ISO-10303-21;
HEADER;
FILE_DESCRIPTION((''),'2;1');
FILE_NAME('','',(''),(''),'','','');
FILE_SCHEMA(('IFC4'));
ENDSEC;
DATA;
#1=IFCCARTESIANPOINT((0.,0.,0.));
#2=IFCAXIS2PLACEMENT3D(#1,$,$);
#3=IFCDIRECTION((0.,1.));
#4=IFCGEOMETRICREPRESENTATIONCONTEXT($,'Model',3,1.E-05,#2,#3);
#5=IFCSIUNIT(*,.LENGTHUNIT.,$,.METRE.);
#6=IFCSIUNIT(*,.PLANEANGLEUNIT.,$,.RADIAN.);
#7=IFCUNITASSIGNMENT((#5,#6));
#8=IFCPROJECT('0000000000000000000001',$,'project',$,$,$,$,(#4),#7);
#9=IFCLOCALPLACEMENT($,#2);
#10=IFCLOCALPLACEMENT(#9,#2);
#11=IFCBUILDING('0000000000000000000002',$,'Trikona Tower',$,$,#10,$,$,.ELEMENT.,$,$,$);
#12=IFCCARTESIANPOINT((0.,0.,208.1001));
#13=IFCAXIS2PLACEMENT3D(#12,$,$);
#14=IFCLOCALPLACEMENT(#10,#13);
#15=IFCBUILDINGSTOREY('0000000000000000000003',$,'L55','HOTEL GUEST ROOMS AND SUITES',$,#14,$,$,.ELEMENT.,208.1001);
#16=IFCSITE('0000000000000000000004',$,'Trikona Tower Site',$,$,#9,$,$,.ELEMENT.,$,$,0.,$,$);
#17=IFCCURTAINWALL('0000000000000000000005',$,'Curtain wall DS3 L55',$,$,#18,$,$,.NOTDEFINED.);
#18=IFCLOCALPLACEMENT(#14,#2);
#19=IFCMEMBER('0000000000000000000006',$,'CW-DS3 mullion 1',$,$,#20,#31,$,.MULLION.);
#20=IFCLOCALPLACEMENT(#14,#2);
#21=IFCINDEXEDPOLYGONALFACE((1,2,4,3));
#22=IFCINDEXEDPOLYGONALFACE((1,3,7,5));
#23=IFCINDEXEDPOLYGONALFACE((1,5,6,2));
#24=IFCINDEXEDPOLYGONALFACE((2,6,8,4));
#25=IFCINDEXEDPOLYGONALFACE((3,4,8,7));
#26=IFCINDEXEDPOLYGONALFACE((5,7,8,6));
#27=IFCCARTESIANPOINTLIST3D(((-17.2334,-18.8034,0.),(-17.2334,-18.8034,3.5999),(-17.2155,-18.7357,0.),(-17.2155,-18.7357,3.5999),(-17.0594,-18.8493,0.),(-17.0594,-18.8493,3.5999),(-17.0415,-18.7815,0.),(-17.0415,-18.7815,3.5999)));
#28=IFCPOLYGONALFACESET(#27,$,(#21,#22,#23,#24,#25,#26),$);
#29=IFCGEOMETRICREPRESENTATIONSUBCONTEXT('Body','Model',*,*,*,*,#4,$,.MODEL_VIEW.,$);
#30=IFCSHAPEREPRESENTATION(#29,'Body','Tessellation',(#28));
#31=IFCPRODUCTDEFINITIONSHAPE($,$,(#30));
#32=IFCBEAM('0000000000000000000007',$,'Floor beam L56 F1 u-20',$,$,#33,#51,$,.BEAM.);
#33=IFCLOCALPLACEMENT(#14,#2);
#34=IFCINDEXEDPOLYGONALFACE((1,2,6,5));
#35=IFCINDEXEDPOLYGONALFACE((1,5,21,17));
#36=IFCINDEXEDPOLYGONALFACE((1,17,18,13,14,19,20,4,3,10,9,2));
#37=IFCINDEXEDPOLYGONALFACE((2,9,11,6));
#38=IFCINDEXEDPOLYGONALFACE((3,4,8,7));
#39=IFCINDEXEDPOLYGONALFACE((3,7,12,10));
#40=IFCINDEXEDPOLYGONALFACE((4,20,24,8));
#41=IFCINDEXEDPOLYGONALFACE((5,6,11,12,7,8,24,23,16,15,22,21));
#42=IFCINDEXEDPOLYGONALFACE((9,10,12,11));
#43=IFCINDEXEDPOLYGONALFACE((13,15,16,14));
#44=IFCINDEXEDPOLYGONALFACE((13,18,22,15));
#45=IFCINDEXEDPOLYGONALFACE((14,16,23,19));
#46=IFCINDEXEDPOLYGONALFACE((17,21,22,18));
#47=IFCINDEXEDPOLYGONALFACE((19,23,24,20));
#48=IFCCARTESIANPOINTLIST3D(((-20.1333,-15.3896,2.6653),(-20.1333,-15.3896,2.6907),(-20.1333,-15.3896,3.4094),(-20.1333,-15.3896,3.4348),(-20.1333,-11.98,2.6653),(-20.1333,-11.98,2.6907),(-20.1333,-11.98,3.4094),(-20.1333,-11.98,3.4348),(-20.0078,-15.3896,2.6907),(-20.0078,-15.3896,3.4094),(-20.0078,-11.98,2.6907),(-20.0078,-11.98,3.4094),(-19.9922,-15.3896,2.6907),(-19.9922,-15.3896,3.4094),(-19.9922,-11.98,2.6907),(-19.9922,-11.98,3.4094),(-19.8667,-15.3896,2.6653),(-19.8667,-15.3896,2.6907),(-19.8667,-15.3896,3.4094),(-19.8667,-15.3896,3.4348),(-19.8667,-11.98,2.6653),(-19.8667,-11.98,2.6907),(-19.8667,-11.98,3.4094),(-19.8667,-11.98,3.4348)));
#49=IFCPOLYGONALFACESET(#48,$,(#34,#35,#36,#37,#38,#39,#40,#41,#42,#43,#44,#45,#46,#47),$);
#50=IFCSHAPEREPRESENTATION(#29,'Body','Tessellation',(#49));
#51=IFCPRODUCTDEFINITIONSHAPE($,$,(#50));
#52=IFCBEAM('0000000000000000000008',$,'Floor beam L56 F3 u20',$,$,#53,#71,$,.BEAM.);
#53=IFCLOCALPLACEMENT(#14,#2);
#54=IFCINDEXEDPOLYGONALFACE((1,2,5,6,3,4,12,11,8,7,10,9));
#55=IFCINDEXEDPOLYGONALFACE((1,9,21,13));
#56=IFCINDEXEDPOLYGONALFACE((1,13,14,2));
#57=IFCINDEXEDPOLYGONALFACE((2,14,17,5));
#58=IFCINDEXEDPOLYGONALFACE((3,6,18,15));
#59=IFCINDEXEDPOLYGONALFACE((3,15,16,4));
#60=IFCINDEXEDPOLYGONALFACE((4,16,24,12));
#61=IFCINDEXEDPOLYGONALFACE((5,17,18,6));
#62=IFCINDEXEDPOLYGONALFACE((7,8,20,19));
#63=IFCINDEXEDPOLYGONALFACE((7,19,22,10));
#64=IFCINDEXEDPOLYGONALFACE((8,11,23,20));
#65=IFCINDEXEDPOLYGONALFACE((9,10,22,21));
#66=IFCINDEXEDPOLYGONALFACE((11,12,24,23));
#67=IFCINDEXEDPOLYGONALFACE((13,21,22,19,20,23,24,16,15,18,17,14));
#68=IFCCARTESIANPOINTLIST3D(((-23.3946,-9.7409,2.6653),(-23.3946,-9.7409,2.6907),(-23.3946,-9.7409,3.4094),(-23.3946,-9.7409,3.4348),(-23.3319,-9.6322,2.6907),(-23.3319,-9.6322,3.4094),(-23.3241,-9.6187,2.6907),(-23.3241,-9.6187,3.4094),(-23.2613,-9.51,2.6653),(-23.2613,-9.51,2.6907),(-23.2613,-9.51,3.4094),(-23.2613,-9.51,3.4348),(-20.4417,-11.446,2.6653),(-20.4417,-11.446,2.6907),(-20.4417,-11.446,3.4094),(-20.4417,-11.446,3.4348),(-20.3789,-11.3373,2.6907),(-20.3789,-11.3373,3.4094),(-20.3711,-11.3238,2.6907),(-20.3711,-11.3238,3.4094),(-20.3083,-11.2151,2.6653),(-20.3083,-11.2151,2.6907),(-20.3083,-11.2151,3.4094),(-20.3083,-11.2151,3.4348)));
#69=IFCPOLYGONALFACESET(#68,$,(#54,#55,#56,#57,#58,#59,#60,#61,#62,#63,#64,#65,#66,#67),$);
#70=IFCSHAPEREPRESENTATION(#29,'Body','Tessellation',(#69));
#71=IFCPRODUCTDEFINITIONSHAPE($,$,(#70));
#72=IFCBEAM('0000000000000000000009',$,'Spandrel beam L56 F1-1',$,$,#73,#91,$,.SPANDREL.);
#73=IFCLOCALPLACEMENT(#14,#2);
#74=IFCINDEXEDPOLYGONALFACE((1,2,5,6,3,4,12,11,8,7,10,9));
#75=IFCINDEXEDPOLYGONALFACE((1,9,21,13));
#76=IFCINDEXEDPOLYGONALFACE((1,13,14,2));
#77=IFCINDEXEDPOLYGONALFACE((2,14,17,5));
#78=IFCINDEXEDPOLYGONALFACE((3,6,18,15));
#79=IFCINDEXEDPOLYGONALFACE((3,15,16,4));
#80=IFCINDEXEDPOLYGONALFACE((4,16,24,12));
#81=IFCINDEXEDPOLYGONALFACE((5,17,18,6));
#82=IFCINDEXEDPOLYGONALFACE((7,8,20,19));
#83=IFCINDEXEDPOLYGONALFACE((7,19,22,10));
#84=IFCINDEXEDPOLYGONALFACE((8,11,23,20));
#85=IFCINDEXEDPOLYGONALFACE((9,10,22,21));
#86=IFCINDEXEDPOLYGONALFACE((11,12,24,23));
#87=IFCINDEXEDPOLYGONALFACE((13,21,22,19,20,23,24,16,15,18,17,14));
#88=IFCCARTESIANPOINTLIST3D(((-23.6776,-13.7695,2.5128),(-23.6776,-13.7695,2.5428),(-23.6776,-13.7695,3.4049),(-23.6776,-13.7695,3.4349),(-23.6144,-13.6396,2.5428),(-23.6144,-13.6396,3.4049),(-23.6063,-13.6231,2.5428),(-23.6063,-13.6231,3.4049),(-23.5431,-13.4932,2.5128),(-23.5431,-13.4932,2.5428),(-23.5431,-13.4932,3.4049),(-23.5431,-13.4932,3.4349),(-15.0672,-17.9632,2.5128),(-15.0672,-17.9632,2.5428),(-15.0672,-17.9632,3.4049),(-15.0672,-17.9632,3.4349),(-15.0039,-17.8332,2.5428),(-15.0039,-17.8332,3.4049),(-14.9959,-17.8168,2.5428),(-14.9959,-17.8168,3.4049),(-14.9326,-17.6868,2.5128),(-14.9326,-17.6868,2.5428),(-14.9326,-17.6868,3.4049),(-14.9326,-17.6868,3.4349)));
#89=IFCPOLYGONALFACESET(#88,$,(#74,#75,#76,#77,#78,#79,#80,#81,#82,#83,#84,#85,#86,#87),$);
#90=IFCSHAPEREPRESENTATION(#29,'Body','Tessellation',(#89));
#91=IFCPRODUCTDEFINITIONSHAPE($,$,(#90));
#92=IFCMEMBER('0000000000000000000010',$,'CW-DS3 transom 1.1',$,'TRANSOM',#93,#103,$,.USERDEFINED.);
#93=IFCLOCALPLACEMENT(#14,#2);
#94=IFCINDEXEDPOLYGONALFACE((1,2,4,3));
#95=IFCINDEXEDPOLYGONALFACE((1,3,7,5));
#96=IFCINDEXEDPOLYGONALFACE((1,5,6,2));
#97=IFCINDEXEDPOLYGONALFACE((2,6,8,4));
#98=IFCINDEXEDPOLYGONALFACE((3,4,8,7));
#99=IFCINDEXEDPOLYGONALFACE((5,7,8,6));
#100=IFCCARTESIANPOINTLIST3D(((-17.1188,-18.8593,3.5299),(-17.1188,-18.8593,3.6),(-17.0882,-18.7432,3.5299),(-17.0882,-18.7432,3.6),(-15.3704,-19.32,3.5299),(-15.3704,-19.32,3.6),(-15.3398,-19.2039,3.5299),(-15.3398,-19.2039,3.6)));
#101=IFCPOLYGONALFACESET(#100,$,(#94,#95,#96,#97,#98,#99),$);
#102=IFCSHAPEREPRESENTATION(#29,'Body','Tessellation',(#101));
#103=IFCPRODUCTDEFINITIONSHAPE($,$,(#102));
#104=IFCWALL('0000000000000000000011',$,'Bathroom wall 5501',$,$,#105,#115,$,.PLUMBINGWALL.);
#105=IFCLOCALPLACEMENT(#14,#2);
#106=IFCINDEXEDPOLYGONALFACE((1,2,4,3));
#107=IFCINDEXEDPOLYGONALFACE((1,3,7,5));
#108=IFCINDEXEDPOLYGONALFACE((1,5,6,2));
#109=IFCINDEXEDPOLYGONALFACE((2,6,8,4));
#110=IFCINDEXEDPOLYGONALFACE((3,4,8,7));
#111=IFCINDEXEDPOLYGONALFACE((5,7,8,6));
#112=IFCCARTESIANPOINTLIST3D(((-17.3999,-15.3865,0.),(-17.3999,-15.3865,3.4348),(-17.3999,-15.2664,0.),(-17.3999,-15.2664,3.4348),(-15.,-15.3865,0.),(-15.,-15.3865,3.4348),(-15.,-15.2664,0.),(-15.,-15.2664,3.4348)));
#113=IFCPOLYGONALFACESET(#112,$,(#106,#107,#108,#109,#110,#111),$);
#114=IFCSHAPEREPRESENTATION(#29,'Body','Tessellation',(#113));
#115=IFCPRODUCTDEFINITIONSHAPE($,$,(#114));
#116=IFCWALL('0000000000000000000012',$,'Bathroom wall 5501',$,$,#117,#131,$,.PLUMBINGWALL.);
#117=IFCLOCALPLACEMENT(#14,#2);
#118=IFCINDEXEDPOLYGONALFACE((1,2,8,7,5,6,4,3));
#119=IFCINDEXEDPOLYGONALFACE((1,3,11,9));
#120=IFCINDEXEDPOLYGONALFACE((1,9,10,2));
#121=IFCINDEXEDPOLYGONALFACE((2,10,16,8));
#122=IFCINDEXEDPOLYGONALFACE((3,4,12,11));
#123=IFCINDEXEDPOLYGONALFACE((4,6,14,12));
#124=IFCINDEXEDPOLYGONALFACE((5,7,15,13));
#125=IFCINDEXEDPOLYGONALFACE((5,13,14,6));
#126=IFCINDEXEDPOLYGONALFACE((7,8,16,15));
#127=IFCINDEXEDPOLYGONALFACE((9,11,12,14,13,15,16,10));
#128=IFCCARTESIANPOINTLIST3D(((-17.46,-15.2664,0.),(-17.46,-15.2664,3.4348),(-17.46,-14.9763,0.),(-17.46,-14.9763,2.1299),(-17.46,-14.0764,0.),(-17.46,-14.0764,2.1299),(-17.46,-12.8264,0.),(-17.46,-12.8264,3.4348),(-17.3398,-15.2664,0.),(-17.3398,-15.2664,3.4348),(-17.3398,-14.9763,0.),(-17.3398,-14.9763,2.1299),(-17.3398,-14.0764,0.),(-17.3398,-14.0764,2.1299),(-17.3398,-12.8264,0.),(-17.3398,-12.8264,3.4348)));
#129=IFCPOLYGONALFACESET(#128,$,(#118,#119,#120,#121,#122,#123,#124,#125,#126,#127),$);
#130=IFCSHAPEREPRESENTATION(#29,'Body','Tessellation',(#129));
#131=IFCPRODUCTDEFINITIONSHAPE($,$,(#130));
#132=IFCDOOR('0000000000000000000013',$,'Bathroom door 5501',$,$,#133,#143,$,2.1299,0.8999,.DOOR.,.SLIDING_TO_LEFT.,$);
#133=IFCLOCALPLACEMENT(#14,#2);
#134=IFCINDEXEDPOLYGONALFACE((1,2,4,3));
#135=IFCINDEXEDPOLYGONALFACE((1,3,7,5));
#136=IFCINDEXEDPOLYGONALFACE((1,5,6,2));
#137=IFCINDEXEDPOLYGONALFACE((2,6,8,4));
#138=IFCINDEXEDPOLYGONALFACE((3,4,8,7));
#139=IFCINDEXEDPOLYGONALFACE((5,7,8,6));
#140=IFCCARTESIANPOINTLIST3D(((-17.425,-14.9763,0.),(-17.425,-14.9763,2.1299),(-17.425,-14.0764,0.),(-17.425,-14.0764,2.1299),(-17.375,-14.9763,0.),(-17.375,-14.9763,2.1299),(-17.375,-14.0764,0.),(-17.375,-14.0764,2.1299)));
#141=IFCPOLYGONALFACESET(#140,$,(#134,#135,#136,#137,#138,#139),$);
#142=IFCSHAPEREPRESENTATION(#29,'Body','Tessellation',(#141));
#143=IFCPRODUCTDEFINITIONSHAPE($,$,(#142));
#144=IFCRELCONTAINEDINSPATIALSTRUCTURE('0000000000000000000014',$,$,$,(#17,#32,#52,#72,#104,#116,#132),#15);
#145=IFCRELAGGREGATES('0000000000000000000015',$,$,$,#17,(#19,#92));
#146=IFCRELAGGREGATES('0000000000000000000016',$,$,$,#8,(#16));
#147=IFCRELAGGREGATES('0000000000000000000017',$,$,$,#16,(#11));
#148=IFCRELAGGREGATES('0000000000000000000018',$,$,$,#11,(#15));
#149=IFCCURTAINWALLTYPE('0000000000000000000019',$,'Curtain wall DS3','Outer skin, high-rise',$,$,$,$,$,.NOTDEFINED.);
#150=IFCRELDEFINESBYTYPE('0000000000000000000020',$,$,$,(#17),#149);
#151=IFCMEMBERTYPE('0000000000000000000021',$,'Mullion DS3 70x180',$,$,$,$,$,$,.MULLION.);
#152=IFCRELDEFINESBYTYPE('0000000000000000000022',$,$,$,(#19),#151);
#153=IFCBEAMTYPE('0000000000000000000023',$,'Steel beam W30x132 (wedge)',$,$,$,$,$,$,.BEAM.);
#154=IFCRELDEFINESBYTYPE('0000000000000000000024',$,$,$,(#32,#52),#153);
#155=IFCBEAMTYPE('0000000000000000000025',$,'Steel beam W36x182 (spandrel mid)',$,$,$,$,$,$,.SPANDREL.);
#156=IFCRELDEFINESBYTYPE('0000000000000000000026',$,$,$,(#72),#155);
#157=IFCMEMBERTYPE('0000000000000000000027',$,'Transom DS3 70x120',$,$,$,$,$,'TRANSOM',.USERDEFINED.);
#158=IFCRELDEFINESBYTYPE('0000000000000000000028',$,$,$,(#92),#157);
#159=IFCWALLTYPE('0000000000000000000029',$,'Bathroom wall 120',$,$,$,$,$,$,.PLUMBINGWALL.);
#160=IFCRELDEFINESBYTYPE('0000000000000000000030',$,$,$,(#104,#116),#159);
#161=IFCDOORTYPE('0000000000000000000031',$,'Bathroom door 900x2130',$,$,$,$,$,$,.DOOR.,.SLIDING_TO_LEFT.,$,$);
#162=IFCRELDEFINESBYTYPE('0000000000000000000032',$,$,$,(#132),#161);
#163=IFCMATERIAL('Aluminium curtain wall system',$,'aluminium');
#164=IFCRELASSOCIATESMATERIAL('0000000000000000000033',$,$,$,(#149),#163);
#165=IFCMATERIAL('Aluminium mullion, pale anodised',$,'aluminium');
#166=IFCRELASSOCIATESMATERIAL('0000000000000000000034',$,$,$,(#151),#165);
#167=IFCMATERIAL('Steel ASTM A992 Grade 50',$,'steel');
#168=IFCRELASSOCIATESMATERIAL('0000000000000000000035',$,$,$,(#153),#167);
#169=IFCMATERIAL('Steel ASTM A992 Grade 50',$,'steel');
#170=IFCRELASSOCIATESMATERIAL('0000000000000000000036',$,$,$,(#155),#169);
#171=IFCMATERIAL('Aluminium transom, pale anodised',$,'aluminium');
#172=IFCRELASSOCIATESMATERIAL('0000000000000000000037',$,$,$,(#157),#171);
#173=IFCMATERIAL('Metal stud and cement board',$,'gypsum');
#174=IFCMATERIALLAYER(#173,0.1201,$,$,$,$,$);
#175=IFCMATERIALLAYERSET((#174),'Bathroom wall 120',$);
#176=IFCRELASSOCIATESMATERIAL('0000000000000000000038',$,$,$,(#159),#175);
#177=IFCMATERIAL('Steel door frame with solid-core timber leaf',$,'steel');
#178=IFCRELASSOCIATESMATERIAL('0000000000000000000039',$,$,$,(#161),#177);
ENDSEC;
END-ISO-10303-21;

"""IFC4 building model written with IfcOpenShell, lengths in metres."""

from ifc_helpers import new_model, si_unit, direction, frame, frame_2d, origin, origin_2d, place, context, subcontext, project, spatial, rectangle, i_section, extrude, material, layer, layer_set, material_profile, profile_set, type_object, element, fill, aggregate, save


model = new_model("IFC4")

# Units and contexts
model_context = context("Model", 3, precision=1e-05, world=origin(), true_north=direction((0.0, 1.0)))
body_context = subcontext(model_context, "Body", "Model", "MODEL_VIEW")
ifc_project = project(units=[si_unit("LENGTHUNIT", "METRE"), si_unit("PLANEANGLEUNIT", "RADIAN")], contexts=[model_context])

# Site, building, storey
site_placement = place(None, origin())
site = spatial("IfcSite", under=ifc_project, at=site_placement, Name="Trikona Tower Site", CompositionType="ELEMENT", RefElevation=0.0)
building_placement = place(site_placement, origin())
building = spatial("IfcBuilding", under=site, at=building_placement, Name="Trikona Tower", CompositionType="ELEMENT")
storey_placement = place(building_placement, frame((0.0, 0.0, 208.1001)))
storey = spatial("IfcBuildingStorey", under=building, at=storey_placement, Name="L55", Description="HOTEL GUEST ROOMS AND SUITES", CompositionType="ELEMENT", Elevation=208.1001)

# Curtain wall, member
ifc_material_1 = material(Name="Aluminium curtain wall system", Category="aluminium")
curtain_wall_type = type_object("IfcCurtainWallType", Name="Curtain wall DS3", Description="Outer skin, high-rise", PredefinedType="NOTDEFINED", material=ifc_material_1)
curtain_wall_placement = place(storey_placement, origin())
curtain_wall = element("IfcCurtainWall", 1, at=curtain_wall_placement, inside=storey, type_object=curtain_wall_type, Name="Curtain wall DS3 L55", PredefinedType="NOTDEFINED")
ifc_material_2 = material(Name="Aluminium mullion, pale anodised", Category="aluminium")
ifc_material_profile_1 = material_profile(ifc_material_2, rectangle(XDim=0.0701, YDim=0.1799, at=origin_2d()), Name="MUL-DS3")
ifc_profile_set_1 = profile_set([ifc_material_profile_1], Name="Aluminium mullion, pale anodised")
member_type_1 = type_object("IfcMemberType", Name="Mullion DS3 70x180", PredefinedType="MULLION", material=ifc_profile_set_1)
member_1_placement = place(storey_placement, frame((-17.1375, -18.7925, 0.0), z_axis=(0.0, 0.0, 1.0), x_axis=(0.254786, 0.966997, 0.0)))
member_1 = element("IfcMember", 2, at=member_1_placement, type_object=member_type_1, Name="CW-DS3 mullion 1", PredefinedType="MULLION", context=body_context, shape_type="SweptSolid", body=[
    extrude(rectangle(XDim=0.0701, YDim=0.1799, at=origin_2d()), origin(), (0.0, 0.0, 1.0), 3.5999),
])

# Beams
ifc_material_3 = material(Name="Steel ASTM A992 Grade 50", Category="steel")
ifc_material_profile_2 = material_profile(ifc_material_3, i_section(OverallWidth=0.2666, OverallDepth=0.7695, WebThickness=0.0156, FlangeThickness=0.0254, at=origin_2d()), Name="W30X132")
ifc_profile_set_2 = profile_set([ifc_material_profile_2], Name="Steel ASTM A992 Grade 50")
beam_type_1 = type_object("IfcBeamType", Name="Steel beam W30x132 (wedge)", PredefinedType="BEAM", material=ifc_profile_set_2)
beam_1_placement = place(storey_placement, frame((-20.0, -11.98, 3.05), z_axis=(0.0, -1.0, 0.0), x_axis=(1.0, 0.0, 0.0)))
element("IfcBeam", 3, at=beam_1_placement, inside=storey, type_object=beam_type_1, Name="Floor beam L56 F1 u-20", PredefinedType="BEAM", context=body_context, shape_type="SweptSolid", body=[
    extrude(i_section(OverallWidth=0.2666, OverallDepth=0.7695, WebThickness=0.0156, FlangeThickness=0.0254, at=origin_2d()), origin(), (0.0, 0.0, 1.0), 3.4097),
])
beam_2_placement = place(storey_placement, frame((-20.375, -11.3306, 3.05), z_axis=(-0.865996, 0.500051, 0.0), x_axis=(-0.500051, -0.865996, 0.0)))
element("IfcBeam", 4, at=beam_2_placement, inside=storey, type_object=beam_type_1, Name="Floor beam L56 F3 u20", PredefinedType="BEAM", context=body_context, shape_type="SweptSolid", body=[
    extrude(i_section(OverallWidth=0.2666, OverallDepth=0.7695, WebThickness=0.0156, FlangeThickness=0.0254, at=origin_2d()), origin(), (0.0, 0.0, 1.0), 3.4099),
])
ifc_material_4 = material(Name="Steel ASTM A992 Grade 50", Category="steel")
ifc_material_profile_3 = material_profile(ifc_material_4, i_section(OverallWidth=0.3074, OverallDepth=0.9221, WebThickness=0.0183, FlangeThickness=0.03, at=origin_2d()), Name="W36X182")
ifc_profile_set_3 = profile_set([ifc_material_profile_3], Name="Steel ASTM A992 Grade 50")
beam_type_2 = type_object("IfcBeamType", Name="Steel beam W36x182 (spandrel mid)", PredefinedType="SPANDREL", material=ifc_profile_set_3)
beam_3_placement = place(storey_placement, frame((-23.6104, -13.6313, 2.9739), z_axis=(0.899039, -0.43787, 0.0), x_axis=(0.43787, 0.899039, 0.0)))
element("IfcBeam", 5, at=beam_3_placement, inside=storey, type_object=beam_type_2, Name="Spandrel beam L56 F1-1", PredefinedType="SPANDREL", context=body_context, shape_type="SweptSolid", body=[
    extrude(i_section(OverallWidth=0.3074, OverallDepth=0.9221, WebThickness=0.0183, FlangeThickness=0.03, at=origin_2d()), origin(), (0.0, 0.0, 1.0), 9.5774),
])

# Member
ifc_material_5 = material(Name="Aluminium transom, pale anodised", Category="aluminium")
ifc_material_profile_4 = material_profile(ifc_material_5, rectangle(XDim=0.1201, YDim=0.0701, at=origin_2d()), Name="TRN-DS3")
ifc_profile_set_4 = profile_set([ifc_material_profile_4], Name="Aluminium transom, pale anodised")
member_type_2 = type_object("IfcMemberType", Name="Transom DS3 70x120", ElementType="TRANSOM", PredefinedType="USERDEFINED", material=ifc_profile_set_4)
member_2_placement = place(storey_placement, frame((-17.1035, -18.8013, 3.5649), z_axis=(0.966999, -0.254779, 0.0), x_axis=(0.254779, 0.966999, 0.0)))
member_2 = element("IfcMember", 6, at=member_2_placement, type_object=member_type_2, Name="CW-DS3 transom 1.1", ObjectType="TRANSOM", PredefinedType="USERDEFINED", context=body_context, shape_type="SweptSolid", body=[
    extrude(rectangle(XDim=0.1201, YDim=0.0701, at=origin_2d()), origin(), (0.0, 0.0, 1.0), 1.8081),
])
aggregate(curtain_wall, [member_1, member_2])

# Wall
ifc_material_6 = material(Name="Metal stud and cement board", Category="gypsum")
ifc_layer_1 = layer(ifc_material_6, 0.1201)
ifc_layer_set_1 = layer_set([ifc_layer_1], Name="Bathroom wall 120")
wall_type_1 = type_object("IfcWallType", Name="Bathroom wall 120", PredefinedType="PLUMBINGWALL", material=ifc_layer_set_1)
wall_1_placement = place(storey_placement, frame((-17.3999, -15.3264, 0.0), z_axis=(0.0, 0.0, 1.0), x_axis=(1.0, 0.0, 0.0)))
element("IfcWall", 7, at=wall_1_placement, inside=storey, type_object=wall_type_1, Name="Bathroom wall 5501", PredefinedType="PLUMBINGWALL", context=body_context, shape_type="SweptSolid", body=[
    extrude(rectangle(XDim=2.3999, YDim=0.1201, at=frame_2d((1.2, 0.0))), origin(), (0.0, 0.0, 1.0), 3.4348),
])

# Wall, opening, door
wall_2_placement = place(storey_placement, frame((-17.3999, -12.8264, 0.0), z_axis=(0.0, 0.0, 1.0), x_axis=(0.0, -1.0, 0.0)))
wall_2 = element("IfcWall", 8, at=wall_2_placement, inside=storey, type_object=wall_type_1, Name="Bathroom wall 5501", PredefinedType="PLUMBINGWALL", context=body_context, shape_type="SweptSolid", body=[
    extrude(rectangle(XDim=2.4399, YDim=0.1201, at=frame_2d((1.22, 0.0))), origin(), (0.0, 0.0, 1.0), 3.4348),
])
opening_1_placement = place(wall_2_placement, frame((1.25, 0.0, 0.0)))
opening_1 = element("IfcOpeningElement", 9, at=opening_1_placement, cuts=wall_2, PredefinedType="OPENING", context=body_context, shape_type="SweptSolid", body=[
    extrude(rectangle(XDim=0.8999, YDim=2.1299, at=frame_2d((0.45, 1.0649))), frame((0.0, 0.0701, 0.0), z_axis=(0.0, -1.0, 0.0), x_axis=(1.0, 0.0, 0.0)), (0.0, 0.0, 1.0), 0.1401),
])
ifc_material_7 = material(Name="Steel door frame with solid-core timber leaf", Category="steel")
door_type_1 = type_object("IfcDoorType", Name="Bathroom door 900x2130", OperationType="SLIDING_TO_LEFT", PredefinedType="DOOR", material=ifc_material_7)
door_1_placement = place(opening_1_placement, origin())
door_1 = element("IfcDoor", 10, at=door_1_placement, inside=storey, type_object=door_type_1, Name="Bathroom door 5501", OperationType="SLIDING_TO_LEFT", OverallHeight=2.1299, OverallWidth=0.8999, PredefinedType="DOOR", context=body_context, shape_type="SweptSolid", body=[
    extrude(rectangle(XDim=0.8999, YDim=2.1299, at=frame_2d((0.45, 1.0649))), frame((0.0, 0.0249, 0.0), z_axis=(0.0, -1.0, 0.0), x_axis=(1.0, 0.0, 0.0)), (0.0, 0.0, 1.0), 0.05),
])
fill(opening_1, door_1)

save(model, "model.ifc")
